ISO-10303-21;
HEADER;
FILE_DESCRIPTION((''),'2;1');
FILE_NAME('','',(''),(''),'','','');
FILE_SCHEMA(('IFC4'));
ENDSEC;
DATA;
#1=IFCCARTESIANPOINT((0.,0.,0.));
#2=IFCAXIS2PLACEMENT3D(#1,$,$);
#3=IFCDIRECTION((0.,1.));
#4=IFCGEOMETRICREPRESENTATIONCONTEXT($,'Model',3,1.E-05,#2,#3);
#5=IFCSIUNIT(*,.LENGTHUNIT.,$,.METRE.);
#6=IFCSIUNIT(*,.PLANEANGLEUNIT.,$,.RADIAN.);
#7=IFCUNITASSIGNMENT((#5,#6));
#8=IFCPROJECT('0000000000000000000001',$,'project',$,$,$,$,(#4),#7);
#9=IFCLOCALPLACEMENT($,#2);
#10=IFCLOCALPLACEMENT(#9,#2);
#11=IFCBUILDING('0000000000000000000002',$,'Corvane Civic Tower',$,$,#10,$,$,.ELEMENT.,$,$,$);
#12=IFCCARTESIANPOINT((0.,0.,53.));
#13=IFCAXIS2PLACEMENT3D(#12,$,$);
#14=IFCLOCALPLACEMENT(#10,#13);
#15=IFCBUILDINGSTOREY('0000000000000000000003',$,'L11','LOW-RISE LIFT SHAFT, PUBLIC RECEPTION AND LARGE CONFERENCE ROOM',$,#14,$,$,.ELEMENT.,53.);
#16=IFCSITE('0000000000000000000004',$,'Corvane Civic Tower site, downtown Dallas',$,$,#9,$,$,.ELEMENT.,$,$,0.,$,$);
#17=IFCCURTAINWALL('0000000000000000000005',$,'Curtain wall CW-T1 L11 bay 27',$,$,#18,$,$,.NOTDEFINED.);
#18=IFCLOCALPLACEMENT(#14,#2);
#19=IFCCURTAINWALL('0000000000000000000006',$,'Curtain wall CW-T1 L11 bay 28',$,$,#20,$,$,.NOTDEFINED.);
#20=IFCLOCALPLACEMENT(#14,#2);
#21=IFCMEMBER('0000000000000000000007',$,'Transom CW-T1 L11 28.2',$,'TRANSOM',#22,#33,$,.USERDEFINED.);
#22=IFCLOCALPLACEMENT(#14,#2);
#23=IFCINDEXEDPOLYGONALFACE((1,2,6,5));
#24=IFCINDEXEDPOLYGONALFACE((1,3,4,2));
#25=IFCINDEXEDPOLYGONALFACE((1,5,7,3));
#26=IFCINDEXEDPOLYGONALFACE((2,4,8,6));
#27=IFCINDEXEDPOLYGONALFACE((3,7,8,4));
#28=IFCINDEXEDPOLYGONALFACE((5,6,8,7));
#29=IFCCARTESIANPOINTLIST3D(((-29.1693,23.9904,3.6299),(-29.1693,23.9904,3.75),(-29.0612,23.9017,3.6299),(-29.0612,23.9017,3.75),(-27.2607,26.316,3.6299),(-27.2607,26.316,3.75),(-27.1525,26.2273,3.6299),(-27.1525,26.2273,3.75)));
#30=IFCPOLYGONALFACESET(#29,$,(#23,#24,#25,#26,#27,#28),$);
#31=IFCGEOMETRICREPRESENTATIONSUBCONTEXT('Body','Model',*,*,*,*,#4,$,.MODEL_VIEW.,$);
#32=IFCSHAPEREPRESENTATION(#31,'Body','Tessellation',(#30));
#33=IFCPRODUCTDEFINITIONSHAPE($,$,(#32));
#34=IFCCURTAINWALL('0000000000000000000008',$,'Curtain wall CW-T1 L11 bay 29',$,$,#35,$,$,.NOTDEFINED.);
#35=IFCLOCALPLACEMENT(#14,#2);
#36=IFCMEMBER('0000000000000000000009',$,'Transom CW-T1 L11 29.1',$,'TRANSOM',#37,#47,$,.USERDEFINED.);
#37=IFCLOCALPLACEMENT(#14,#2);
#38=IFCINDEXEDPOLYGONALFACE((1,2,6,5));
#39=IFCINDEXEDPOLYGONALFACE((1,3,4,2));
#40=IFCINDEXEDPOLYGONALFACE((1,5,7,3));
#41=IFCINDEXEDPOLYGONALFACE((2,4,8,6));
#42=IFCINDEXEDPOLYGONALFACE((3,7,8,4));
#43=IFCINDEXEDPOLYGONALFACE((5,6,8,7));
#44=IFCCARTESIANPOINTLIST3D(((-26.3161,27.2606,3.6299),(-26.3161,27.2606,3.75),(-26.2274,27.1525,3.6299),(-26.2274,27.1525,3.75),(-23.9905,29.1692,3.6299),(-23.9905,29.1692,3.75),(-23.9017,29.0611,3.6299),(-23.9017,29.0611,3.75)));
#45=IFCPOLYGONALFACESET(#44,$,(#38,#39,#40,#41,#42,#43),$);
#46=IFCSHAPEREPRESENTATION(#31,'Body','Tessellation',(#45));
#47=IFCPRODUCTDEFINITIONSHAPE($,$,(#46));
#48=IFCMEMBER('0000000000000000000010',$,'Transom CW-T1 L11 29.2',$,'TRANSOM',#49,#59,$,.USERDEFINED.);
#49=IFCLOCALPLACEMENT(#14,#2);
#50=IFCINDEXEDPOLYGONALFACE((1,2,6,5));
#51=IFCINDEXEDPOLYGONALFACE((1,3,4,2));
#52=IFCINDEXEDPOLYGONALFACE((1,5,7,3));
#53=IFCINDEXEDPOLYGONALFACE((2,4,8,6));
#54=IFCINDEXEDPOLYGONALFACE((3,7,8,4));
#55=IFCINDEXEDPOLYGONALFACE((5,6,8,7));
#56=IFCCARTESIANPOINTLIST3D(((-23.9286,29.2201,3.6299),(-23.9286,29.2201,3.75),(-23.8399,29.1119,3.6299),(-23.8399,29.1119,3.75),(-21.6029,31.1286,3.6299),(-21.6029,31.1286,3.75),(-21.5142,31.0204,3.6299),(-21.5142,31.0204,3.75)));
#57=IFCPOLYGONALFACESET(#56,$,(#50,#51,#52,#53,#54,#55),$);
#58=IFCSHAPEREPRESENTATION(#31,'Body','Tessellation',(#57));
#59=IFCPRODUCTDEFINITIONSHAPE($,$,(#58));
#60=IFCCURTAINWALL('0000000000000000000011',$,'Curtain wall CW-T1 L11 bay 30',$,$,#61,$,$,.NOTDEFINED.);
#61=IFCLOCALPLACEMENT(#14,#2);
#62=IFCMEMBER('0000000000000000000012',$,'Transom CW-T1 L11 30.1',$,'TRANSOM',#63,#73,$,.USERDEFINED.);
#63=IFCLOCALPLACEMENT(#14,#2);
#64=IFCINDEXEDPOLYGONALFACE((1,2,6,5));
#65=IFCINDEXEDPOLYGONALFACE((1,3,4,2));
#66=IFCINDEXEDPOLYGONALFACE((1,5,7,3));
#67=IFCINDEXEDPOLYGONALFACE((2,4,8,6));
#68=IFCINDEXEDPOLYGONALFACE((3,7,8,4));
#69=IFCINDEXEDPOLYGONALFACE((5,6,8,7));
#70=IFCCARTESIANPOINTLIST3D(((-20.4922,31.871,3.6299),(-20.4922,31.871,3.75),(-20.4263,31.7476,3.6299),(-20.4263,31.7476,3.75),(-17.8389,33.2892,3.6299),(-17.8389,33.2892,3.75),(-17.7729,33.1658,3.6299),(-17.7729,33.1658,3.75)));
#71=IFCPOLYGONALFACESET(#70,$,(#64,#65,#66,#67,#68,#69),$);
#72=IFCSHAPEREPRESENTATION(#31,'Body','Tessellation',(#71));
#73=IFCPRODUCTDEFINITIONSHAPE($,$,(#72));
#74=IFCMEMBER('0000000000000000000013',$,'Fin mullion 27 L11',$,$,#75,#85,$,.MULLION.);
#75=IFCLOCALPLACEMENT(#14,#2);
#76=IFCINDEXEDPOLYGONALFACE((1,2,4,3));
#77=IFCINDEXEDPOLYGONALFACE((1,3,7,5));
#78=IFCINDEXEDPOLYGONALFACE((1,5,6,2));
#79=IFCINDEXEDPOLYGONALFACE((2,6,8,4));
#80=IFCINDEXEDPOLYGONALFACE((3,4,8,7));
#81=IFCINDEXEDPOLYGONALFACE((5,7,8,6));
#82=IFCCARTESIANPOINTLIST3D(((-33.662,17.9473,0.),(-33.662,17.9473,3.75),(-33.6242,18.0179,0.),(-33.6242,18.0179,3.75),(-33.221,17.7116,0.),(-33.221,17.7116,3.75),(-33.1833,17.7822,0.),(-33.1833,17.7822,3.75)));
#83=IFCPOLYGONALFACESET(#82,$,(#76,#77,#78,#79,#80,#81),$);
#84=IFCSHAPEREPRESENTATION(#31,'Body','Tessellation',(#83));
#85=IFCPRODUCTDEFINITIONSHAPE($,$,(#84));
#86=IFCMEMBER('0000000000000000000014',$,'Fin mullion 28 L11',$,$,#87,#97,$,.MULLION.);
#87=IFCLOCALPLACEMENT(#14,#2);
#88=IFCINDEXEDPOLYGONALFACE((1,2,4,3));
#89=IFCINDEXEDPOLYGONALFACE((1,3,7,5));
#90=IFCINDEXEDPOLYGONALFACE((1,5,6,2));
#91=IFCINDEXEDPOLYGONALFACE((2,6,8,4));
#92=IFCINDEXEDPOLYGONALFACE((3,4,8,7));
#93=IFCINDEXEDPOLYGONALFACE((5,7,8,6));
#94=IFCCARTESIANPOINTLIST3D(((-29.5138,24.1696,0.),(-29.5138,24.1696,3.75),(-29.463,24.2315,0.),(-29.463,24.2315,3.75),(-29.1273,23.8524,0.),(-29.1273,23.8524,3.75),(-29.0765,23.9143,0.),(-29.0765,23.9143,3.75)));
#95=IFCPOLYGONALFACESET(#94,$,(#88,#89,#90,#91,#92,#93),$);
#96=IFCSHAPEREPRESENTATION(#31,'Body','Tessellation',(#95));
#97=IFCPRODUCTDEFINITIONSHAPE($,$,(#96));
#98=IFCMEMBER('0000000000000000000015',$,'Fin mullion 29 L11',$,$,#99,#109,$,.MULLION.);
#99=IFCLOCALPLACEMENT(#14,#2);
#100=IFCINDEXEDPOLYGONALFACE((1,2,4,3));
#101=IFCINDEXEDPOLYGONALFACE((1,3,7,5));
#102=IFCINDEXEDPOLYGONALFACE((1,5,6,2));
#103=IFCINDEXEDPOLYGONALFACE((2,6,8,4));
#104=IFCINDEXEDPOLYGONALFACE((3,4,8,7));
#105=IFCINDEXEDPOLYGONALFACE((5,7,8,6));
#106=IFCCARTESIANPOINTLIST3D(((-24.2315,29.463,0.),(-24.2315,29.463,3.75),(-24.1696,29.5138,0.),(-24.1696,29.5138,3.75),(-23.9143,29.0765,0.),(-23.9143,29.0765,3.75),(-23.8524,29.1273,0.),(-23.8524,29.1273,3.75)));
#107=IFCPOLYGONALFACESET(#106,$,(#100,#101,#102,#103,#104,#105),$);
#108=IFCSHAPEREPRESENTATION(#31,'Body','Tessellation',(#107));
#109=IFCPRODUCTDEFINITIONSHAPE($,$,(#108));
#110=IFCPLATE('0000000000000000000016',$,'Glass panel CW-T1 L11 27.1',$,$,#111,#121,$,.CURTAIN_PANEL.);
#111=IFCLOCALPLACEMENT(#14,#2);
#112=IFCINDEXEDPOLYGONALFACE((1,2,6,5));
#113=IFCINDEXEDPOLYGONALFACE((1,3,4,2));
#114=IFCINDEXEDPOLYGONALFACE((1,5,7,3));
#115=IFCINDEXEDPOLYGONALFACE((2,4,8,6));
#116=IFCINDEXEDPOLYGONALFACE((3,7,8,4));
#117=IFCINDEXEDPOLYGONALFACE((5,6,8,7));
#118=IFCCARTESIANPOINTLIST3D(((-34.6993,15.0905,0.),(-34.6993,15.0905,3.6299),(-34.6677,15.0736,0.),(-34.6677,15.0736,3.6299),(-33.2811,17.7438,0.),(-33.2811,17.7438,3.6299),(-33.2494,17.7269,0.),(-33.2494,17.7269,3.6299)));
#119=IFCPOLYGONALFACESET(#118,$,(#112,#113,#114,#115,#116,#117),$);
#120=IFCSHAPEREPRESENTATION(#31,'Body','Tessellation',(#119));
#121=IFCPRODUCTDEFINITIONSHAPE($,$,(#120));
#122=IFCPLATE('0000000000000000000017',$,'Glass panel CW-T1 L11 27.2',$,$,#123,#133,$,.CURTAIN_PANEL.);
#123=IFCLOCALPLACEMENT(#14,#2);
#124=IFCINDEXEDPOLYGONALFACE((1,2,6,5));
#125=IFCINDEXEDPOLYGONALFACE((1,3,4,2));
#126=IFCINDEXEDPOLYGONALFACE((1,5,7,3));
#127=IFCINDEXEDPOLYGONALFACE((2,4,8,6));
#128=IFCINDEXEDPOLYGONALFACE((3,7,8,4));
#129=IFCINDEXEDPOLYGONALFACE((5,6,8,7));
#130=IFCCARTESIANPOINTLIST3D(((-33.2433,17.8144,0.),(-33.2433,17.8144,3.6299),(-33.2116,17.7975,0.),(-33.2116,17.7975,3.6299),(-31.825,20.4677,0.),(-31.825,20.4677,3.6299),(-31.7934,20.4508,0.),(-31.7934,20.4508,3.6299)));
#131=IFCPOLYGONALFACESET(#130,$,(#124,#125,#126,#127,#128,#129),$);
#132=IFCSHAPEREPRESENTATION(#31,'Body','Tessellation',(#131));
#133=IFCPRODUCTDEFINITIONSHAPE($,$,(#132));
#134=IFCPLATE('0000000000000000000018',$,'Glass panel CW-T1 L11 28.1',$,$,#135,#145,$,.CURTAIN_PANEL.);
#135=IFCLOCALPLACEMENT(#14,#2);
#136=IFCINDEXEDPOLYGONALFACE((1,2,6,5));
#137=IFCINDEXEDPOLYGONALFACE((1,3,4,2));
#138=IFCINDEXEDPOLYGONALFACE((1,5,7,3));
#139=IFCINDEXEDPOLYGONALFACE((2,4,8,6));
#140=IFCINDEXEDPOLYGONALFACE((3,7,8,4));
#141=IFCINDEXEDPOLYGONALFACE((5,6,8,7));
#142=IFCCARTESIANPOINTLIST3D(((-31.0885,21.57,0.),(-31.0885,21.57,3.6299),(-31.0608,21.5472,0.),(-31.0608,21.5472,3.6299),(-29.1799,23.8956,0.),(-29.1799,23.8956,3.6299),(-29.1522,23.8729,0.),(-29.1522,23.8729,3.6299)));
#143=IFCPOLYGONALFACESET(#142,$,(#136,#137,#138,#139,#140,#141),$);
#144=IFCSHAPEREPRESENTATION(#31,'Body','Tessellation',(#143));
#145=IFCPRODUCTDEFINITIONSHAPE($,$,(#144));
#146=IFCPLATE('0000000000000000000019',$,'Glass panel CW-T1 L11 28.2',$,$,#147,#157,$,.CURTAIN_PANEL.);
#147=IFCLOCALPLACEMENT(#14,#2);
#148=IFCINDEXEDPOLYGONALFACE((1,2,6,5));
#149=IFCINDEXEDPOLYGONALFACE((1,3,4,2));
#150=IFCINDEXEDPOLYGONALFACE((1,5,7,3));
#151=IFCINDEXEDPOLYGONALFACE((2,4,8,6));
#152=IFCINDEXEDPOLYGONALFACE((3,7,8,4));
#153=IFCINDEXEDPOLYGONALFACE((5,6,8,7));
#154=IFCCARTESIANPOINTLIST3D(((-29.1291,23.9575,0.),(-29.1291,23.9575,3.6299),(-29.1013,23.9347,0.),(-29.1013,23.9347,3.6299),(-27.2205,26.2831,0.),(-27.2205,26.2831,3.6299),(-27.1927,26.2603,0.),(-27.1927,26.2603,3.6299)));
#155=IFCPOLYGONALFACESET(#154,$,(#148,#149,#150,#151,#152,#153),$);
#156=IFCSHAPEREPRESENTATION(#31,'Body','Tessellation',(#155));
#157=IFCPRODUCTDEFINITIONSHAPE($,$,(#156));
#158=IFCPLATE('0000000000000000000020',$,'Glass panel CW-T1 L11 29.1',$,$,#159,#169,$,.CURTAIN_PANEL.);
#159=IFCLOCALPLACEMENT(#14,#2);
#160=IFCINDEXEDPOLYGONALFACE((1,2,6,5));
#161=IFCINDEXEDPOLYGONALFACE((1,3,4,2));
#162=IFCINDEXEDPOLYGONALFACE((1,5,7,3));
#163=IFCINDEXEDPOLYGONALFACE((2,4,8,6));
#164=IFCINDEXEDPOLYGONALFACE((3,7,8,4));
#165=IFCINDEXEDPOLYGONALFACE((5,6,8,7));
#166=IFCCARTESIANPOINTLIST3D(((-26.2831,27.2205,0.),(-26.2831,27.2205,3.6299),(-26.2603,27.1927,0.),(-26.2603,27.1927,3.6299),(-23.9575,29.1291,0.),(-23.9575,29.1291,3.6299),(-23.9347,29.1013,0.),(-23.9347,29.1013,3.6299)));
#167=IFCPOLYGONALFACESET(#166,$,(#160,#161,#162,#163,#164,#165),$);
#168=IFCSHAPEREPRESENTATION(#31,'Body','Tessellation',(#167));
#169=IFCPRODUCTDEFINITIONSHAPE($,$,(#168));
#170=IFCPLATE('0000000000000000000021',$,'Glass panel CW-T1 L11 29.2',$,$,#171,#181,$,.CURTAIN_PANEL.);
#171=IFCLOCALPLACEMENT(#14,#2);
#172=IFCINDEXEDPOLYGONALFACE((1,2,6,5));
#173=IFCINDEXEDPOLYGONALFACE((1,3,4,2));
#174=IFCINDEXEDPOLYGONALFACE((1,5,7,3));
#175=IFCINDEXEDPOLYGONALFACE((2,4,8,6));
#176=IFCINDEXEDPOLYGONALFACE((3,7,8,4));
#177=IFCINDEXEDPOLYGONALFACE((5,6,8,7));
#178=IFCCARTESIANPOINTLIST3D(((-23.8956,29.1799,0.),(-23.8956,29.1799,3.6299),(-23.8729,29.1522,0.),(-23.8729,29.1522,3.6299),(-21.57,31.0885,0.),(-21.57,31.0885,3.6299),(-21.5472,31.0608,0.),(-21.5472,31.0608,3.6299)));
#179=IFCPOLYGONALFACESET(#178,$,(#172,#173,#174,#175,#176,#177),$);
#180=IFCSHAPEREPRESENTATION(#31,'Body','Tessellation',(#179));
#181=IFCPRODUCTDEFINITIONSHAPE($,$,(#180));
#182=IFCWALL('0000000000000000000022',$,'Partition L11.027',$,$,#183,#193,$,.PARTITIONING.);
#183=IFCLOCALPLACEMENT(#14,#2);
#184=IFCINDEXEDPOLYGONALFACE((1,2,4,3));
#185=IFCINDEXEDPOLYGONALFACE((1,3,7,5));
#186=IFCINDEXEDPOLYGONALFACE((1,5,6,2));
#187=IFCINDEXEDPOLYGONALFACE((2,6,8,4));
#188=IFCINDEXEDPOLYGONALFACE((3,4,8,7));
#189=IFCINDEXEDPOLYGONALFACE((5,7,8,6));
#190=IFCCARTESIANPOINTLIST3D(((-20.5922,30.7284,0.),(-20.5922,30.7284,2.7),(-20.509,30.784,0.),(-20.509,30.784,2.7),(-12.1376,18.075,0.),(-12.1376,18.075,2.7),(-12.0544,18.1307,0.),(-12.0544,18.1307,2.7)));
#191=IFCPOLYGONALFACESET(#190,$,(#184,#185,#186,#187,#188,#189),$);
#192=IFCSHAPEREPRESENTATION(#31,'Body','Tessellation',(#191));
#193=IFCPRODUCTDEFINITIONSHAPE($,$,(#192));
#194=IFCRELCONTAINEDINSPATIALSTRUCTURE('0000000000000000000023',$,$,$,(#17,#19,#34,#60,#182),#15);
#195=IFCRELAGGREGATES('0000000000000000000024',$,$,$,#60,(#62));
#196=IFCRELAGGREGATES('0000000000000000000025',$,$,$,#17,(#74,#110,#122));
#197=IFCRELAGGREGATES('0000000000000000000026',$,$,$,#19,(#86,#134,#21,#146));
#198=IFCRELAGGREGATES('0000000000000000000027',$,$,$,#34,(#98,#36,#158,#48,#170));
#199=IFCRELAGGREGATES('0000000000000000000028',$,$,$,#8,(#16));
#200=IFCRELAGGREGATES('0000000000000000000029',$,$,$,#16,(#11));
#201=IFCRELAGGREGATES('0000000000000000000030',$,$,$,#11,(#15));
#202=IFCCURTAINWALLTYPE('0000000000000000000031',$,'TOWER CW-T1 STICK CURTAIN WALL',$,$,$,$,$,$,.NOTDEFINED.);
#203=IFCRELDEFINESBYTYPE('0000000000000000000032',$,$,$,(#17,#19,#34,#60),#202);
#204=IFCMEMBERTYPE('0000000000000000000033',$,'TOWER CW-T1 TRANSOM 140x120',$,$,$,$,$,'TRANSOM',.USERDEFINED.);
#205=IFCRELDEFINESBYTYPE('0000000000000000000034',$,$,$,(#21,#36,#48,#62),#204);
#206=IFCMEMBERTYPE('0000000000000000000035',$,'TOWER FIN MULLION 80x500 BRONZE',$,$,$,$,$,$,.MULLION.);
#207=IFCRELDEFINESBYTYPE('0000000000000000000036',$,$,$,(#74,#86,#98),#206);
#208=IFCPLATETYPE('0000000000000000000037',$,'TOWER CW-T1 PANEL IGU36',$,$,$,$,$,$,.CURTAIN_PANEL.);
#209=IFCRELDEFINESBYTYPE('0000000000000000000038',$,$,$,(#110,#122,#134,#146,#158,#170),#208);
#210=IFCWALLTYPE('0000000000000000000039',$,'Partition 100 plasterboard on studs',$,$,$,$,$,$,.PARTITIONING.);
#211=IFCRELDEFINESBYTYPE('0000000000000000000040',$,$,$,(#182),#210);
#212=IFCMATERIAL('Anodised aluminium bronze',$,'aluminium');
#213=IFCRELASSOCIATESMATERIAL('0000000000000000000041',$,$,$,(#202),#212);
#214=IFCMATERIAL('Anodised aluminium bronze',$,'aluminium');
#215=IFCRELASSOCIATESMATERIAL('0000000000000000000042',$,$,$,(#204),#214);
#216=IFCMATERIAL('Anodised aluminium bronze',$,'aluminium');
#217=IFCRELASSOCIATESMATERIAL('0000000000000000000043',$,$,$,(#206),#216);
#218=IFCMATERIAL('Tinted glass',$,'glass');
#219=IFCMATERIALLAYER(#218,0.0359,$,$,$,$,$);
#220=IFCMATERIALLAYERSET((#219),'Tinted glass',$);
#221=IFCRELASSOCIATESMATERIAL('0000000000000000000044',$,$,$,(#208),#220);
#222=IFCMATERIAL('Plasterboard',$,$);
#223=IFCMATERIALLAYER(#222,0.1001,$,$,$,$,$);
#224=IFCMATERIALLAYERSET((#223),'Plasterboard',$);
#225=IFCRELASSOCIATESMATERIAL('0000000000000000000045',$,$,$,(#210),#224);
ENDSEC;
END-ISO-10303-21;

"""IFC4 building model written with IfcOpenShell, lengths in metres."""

from ifc_helpers import new_model, si_unit, direction, frame, frame_2d, origin, origin_2d, place, context, subcontext, project, spatial, rectangle, extrude, material, layer, layer_set, material_profile, profile_set, type_object, element, aggregate, save


model = new_model("IFC4")

# Units and contexts
model_context = context("Model", 3, precision=1e-05, world=origin(), true_north=direction((0.0, 1.0)))
body_context = subcontext(model_context, "Body", "Model", "MODEL_VIEW")
ifc_project = project(units=[si_unit("LENGTHUNIT", "METRE"), si_unit("PLANEANGLEUNIT", "RADIAN")], contexts=[model_context])

# Site, building, storey
site_placement = place(None, origin())
site = spatial("IfcSite", under=ifc_project, at=site_placement, Name="Corvane Civic Tower site, downtown Dallas", CompositionType="ELEMENT", RefElevation=0.0)
building_placement = place(site_placement, origin())
building = spatial("IfcBuilding", under=site, at=building_placement, Name="Corvane Civic Tower", CompositionType="ELEMENT")
storey_placement = place(building_placement, frame((0.0, 0.0, 53.0)))
storey = spatial("IfcBuildingStorey", under=building, at=storey_placement, Name="L11", Description="LOW-RISE LIFT SHAFT, PUBLIC RECEPTION AND LARGE CONFERENCE ROOM", CompositionType="ELEMENT", Elevation=53.0)

# Curtain wall
ifc_material_1 = material(Name="Anodised aluminium bronze", Category="aluminium")
curtain_wall_type = type_object("IfcCurtainWallType", Name="TOWER CW-T1 STICK CURTAIN WALL", PredefinedType="NOTDEFINED", material=ifc_material_1)
curtain_wall_1_placement = place(storey_placement, origin())
curtain_wall_1 = element("IfcCurtainWall", 1, at=curtain_wall_1_placement, inside=storey, type_object=curtain_wall_type, Name="Curtain wall CW-T1 L11 bay 27", PredefinedType="NOTDEFINED")
ifc_material_2 = material(Name="Anodised aluminium bronze", Category="aluminium")
ifc_material_profile_1 = material_profile(ifc_material_2, rectangle(XDim=0.1399, YDim=0.1201, at=origin_2d()), Name="TOWER CW-T1 TRANSOM 140x120")
ifc_profile_set_1 = profile_set([ifc_material_profile_1], Name="Anodised aluminium bronze")
member_type_1 = type_object("IfcMemberType", Name="TOWER CW-T1 TRANSOM 140x120", ElementType="TRANSOM", PredefinedType="USERDEFINED", material=ifc_profile_set_1)

# Curtain walls, members
curtain_wall_2_placement = place(storey_placement, origin())
curtain_wall_2 = element("IfcCurtainWall", 2, at=curtain_wall_2_placement, inside=storey, type_object=curtain_wall_type, Name="Curtain wall CW-T1 L11 bay 28", PredefinedType="NOTDEFINED")
member_1_placement = place(storey_placement, frame((-29.1152, 23.946, 3.6899), z_axis=(0.634404, 0.773002, 0.0), x_axis=(-0.773002, 0.634404, 0.0)))
member_1 = element("IfcMember", 3, at=member_1_placement, type_object=member_type_1, Name="Transom CW-T1 L11 28.2", ObjectType="TRANSOM", PredefinedType="USERDEFINED", context=body_context, shape_type="SweptSolid", body=[
    extrude(rectangle(XDim=0.1399, YDim=0.1201, at=origin_2d()), origin(), (0.0, 0.0, 1.0), 3.0085),
])
curtain_wall_3_placement = place(storey_placement, origin())
curtain_wall_3 = element("IfcCurtainWall", 4, at=curtain_wall_3_placement, inside=storey, type_object=curtain_wall_type, Name="Curtain wall CW-T1 L11 bay 29", PredefinedType="NOTDEFINED")
member_2_placement = place(storey_placement, frame((-26.2717, 27.2065, 3.6899), z_axis=(0.773002, 0.634404, 0.0), x_axis=(-0.634404, 0.773002, 0.0)))
member_2 = element("IfcMember", 5, at=member_2_placement, type_object=member_type_1, Name="Transom CW-T1 L11 29.1", ObjectType="TRANSOM", PredefinedType="USERDEFINED", context=body_context, shape_type="SweptSolid", body=[
    extrude(rectangle(XDim=0.1399, YDim=0.1201, at=origin_2d()), origin(), (0.0, 0.0, 1.0), 3.0085),
])
member_3_placement = place(storey_placement, frame((-23.8843, 29.166, 3.6899), z_axis=(0.773042, 0.634355, 0.0), x_axis=(-0.634355, 0.773042, 0.0)))
member_3 = element("IfcMember", 6, at=member_3_placement, type_object=member_type_1, Name="Transom CW-T1 L11 29.2", ObjectType="TRANSOM", PredefinedType="USERDEFINED", context=body_context, shape_type="SweptSolid", body=[
    extrude(rectangle(XDim=0.1399, YDim=0.1201, at=origin_2d()), origin(), (0.0, 0.0, 1.0), 3.0085),
])

# Curtain wall, member
curtain_wall_4_placement = place(storey_placement, origin())
curtain_wall_4 = element("IfcCurtainWall", 7, at=curtain_wall_4_placement, inside=storey, type_object=curtain_wall_type, Name="Curtain wall CW-T1 L11 bay 30", PredefinedType="NOTDEFINED")
member_4_placement = place(storey_placement, frame((-20.4592, 31.8093, 3.6899), z_axis=(0.881924, 0.471393, 0.0), x_axis=(-0.471393, 0.881924, 0.0)))
member_4 = element("IfcMember", 8, at=member_4_placement, type_object=member_type_1, Name="Transom CW-T1 L11 30.1", ObjectType="TRANSOM", PredefinedType="USERDEFINED", context=body_context, shape_type="SweptSolid", body=[
    extrude(rectangle(XDim=0.1399, YDim=0.1201, at=origin_2d()), origin(), (0.0, 0.0, 1.0), 3.0085),
])
aggregate(curtain_wall_4, [member_4])

# Members
ifc_material_3 = material(Name="Anodised aluminium bronze", Category="aluminium")
ifc_material_profile_2 = material_profile(ifc_material_3, rectangle(XDim=0.0801, YDim=0.5, at=origin_2d()), Name="TOWER FIN MULLION 80x500 BRONZE")
ifc_profile_set_2 = profile_set([ifc_material_profile_2], Name="Anodised aluminium bronze")
member_type_2 = type_object("IfcMemberType", Name="TOWER FIN MULLION 80x500 BRONZE", PredefinedType="MULLION", material=ifc_profile_set_2)
member_5_placement = place(storey_placement, frame((-33.4226, 17.8647, 0.0), z_axis=(0.0, 0.0, 1.0), x_axis=(0.471404, 0.881918, 0.0)))
member_5 = element("IfcMember", 9, at=member_5_placement, type_object=member_type_2, Name="Fin mullion 27 L11", PredefinedType="MULLION", context=body_context, shape_type="SweptSolid", body=[
    extrude(rectangle(XDim=0.0801, YDim=0.5, at=origin_2d()), origin(), (0.0, 0.0, 1.0), 3.75),
])
member_6_placement = place(storey_placement, frame((-29.2952, 24.042, 0.0), z_axis=(0.0, 0.0, 1.0), x_axis=(0.634397, 0.773007, 0.0)))
member_6 = element("IfcMember", 10, at=member_6_placement, type_object=member_type_2, Name="Fin mullion 28 L11", PredefinedType="MULLION", context=body_context, shape_type="SweptSolid", body=[
    extrude(rectangle(XDim=0.0801, YDim=0.5, at=origin_2d()), origin(), (0.0, 0.0, 1.0), 3.75),
])
member_7_placement = place(storey_placement, frame((-24.042, 29.2952, 0.0), z_axis=(0.0, 0.0, 1.0), x_axis=(0.773007, 0.634397, 0.0)))
member_7 = element("IfcMember", 11, at=member_7_placement, type_object=member_type_2, Name="Fin mullion 29 L11", PredefinedType="MULLION", context=body_context, shape_type="SweptSolid", body=[
    extrude(rectangle(XDim=0.0801, YDim=0.5, at=origin_2d()), origin(), (0.0, 0.0, 1.0), 3.75),
])

# Plates
ifc_material_4 = material(Name="Tinted glass", Category="glass")
ifc_layer_1 = layer(ifc_material_4, 0.0359)
ifc_layer_set_1 = layer_set([ifc_layer_1], Name="Tinted glass")
plate_type = type_object("IfcPlateType", Name="TOWER CW-T1 PANEL IGU36", PredefinedType="CURTAIN_PANEL", material=ifc_layer_set_1)
plate_1_placement = place(storey_placement, frame((-33.9744, 16.4087, 0.0), z_axis=(0.0, 0.0, 1.0), x_axis=(0.471404, 0.881918, 0.0)))
plate_1 = element("IfcPlate", 12, at=plate_1_placement, type_object=plate_type, Name="Glass panel CW-T1 L11 27.1", PredefinedType="CURTAIN_PANEL", context=body_context, shape_type="SweptSolid", body=[
    extrude(rectangle(XDim=3.0085, YDim=0.0359, at=origin_2d()), origin(), (0.0, 0.0, 1.0), 3.6299),
])
plate_2_placement = place(storey_placement, frame((-32.5183, 19.1326, 0.0), z_axis=(0.0, 0.0, 1.0), x_axis=(0.471404, 0.881918, 0.0)))
plate_2 = element("IfcPlate", 13, at=plate_2_placement, type_object=plate_type, Name="Glass panel CW-T1 L11 27.2", PredefinedType="CURTAIN_PANEL", context=body_context, shape_type="SweptSolid", body=[
    extrude(rectangle(XDim=3.0085, YDim=0.0359, at=origin_2d()), origin(), (0.0, 0.0, 1.0), 3.6299),
])
aggregate(curtain_wall_1, [member_5, plate_1, plate_2])
plate_3_placement = place(storey_placement, frame((-30.1204, 22.7214, 0.0), z_axis=(0.0, 0.0, 1.0), x_axis=(0.634397, 0.773007, 0.0)))
plate_3 = element("IfcPlate", 14, at=plate_3_placement, type_object=plate_type, Name="Glass panel CW-T1 L11 28.1", PredefinedType="CURTAIN_PANEL", context=body_context, shape_type="SweptSolid", body=[
    extrude(rectangle(XDim=3.0085, YDim=0.0359, at=origin_2d()), origin(), (0.0, 0.0, 1.0), 3.6299),
])
plate_4_placement = place(storey_placement, frame((-28.1609, 25.1089, 0.0), z_axis=(0.0, 0.0, 1.0), x_axis=(0.634397, 0.773007, 0.0)))
plate_4 = element("IfcPlate", 15, at=plate_4_placement, type_object=plate_type, Name="Glass panel CW-T1 L11 28.2", PredefinedType="CURTAIN_PANEL", context=body_context, shape_type="SweptSolid", body=[
    extrude(rectangle(XDim=3.0085, YDim=0.0359, at=origin_2d()), origin(), (0.0, 0.0, 1.0), 3.6299),
])
aggregate(curtain_wall_2, [member_6, plate_3, member_1, plate_4])
plate_5_placement = place(storey_placement, frame((-25.1089, 28.1609, 0.0), z_axis=(0.0, 0.0, 1.0), x_axis=(0.773007, 0.634397, 0.0)))
plate_5 = element("IfcPlate", 16, at=plate_5_placement, type_object=plate_type, Name="Glass panel CW-T1 L11 29.1", PredefinedType="CURTAIN_PANEL", context=body_context, shape_type="SweptSolid", body=[
    extrude(rectangle(XDim=3.0085, YDim=0.0359, at=origin_2d()), origin(), (0.0, 0.0, 1.0), 3.6299),
])
plate_6_placement = place(storey_placement, frame((-22.7214, 30.1204, 0.0), z_axis=(0.0, 0.0, 1.0), x_axis=(0.773007, 0.634397, 0.0)))
plate_6 = element("IfcPlate", 17, at=plate_6_placement, type_object=plate_type, Name="Glass panel CW-T1 L11 29.2", PredefinedType="CURTAIN_PANEL", context=body_context, shape_type="SweptSolid", body=[
    extrude(rectangle(XDim=3.0085, YDim=0.0359, at=origin_2d()), origin(), (0.0, 0.0, 1.0), 3.6299),
])
aggregate(curtain_wall_3, [member_7, member_2, plate_5, member_3, plate_6])

# Wall
ifc_material_5 = material(Name="Plasterboard")
ifc_layer_2 = layer(ifc_material_5, 0.1001)
ifc_layer_set_2 = layer_set([ifc_layer_2], Name="Plasterboard")
wall_type = type_object("IfcWallType", Name="Partition 100 plasterboard on studs", PredefinedType="PARTITIONING", material=ifc_layer_set_2)
wall_placement = place(storey_placement, frame((-20.5505, 30.7561, 0.0), z_axis=(0.0, 0.0, 1.0), x_axis=(0.555566, -0.831472, 0.0)))
element("IfcWall", 18, at=wall_placement, inside=storey, type_object=wall_type, Name="Partition L11.027", PredefinedType="PARTITIONING", context=body_context, shape_type="SweptSolid", body=[
    extrude(rectangle(XDim=15.218, YDim=0.1001, at=frame_2d((7.6089, 0.0))), origin(), (0.0, 0.0, 1.0), 2.7),
])

save(model, "model.ifc")
